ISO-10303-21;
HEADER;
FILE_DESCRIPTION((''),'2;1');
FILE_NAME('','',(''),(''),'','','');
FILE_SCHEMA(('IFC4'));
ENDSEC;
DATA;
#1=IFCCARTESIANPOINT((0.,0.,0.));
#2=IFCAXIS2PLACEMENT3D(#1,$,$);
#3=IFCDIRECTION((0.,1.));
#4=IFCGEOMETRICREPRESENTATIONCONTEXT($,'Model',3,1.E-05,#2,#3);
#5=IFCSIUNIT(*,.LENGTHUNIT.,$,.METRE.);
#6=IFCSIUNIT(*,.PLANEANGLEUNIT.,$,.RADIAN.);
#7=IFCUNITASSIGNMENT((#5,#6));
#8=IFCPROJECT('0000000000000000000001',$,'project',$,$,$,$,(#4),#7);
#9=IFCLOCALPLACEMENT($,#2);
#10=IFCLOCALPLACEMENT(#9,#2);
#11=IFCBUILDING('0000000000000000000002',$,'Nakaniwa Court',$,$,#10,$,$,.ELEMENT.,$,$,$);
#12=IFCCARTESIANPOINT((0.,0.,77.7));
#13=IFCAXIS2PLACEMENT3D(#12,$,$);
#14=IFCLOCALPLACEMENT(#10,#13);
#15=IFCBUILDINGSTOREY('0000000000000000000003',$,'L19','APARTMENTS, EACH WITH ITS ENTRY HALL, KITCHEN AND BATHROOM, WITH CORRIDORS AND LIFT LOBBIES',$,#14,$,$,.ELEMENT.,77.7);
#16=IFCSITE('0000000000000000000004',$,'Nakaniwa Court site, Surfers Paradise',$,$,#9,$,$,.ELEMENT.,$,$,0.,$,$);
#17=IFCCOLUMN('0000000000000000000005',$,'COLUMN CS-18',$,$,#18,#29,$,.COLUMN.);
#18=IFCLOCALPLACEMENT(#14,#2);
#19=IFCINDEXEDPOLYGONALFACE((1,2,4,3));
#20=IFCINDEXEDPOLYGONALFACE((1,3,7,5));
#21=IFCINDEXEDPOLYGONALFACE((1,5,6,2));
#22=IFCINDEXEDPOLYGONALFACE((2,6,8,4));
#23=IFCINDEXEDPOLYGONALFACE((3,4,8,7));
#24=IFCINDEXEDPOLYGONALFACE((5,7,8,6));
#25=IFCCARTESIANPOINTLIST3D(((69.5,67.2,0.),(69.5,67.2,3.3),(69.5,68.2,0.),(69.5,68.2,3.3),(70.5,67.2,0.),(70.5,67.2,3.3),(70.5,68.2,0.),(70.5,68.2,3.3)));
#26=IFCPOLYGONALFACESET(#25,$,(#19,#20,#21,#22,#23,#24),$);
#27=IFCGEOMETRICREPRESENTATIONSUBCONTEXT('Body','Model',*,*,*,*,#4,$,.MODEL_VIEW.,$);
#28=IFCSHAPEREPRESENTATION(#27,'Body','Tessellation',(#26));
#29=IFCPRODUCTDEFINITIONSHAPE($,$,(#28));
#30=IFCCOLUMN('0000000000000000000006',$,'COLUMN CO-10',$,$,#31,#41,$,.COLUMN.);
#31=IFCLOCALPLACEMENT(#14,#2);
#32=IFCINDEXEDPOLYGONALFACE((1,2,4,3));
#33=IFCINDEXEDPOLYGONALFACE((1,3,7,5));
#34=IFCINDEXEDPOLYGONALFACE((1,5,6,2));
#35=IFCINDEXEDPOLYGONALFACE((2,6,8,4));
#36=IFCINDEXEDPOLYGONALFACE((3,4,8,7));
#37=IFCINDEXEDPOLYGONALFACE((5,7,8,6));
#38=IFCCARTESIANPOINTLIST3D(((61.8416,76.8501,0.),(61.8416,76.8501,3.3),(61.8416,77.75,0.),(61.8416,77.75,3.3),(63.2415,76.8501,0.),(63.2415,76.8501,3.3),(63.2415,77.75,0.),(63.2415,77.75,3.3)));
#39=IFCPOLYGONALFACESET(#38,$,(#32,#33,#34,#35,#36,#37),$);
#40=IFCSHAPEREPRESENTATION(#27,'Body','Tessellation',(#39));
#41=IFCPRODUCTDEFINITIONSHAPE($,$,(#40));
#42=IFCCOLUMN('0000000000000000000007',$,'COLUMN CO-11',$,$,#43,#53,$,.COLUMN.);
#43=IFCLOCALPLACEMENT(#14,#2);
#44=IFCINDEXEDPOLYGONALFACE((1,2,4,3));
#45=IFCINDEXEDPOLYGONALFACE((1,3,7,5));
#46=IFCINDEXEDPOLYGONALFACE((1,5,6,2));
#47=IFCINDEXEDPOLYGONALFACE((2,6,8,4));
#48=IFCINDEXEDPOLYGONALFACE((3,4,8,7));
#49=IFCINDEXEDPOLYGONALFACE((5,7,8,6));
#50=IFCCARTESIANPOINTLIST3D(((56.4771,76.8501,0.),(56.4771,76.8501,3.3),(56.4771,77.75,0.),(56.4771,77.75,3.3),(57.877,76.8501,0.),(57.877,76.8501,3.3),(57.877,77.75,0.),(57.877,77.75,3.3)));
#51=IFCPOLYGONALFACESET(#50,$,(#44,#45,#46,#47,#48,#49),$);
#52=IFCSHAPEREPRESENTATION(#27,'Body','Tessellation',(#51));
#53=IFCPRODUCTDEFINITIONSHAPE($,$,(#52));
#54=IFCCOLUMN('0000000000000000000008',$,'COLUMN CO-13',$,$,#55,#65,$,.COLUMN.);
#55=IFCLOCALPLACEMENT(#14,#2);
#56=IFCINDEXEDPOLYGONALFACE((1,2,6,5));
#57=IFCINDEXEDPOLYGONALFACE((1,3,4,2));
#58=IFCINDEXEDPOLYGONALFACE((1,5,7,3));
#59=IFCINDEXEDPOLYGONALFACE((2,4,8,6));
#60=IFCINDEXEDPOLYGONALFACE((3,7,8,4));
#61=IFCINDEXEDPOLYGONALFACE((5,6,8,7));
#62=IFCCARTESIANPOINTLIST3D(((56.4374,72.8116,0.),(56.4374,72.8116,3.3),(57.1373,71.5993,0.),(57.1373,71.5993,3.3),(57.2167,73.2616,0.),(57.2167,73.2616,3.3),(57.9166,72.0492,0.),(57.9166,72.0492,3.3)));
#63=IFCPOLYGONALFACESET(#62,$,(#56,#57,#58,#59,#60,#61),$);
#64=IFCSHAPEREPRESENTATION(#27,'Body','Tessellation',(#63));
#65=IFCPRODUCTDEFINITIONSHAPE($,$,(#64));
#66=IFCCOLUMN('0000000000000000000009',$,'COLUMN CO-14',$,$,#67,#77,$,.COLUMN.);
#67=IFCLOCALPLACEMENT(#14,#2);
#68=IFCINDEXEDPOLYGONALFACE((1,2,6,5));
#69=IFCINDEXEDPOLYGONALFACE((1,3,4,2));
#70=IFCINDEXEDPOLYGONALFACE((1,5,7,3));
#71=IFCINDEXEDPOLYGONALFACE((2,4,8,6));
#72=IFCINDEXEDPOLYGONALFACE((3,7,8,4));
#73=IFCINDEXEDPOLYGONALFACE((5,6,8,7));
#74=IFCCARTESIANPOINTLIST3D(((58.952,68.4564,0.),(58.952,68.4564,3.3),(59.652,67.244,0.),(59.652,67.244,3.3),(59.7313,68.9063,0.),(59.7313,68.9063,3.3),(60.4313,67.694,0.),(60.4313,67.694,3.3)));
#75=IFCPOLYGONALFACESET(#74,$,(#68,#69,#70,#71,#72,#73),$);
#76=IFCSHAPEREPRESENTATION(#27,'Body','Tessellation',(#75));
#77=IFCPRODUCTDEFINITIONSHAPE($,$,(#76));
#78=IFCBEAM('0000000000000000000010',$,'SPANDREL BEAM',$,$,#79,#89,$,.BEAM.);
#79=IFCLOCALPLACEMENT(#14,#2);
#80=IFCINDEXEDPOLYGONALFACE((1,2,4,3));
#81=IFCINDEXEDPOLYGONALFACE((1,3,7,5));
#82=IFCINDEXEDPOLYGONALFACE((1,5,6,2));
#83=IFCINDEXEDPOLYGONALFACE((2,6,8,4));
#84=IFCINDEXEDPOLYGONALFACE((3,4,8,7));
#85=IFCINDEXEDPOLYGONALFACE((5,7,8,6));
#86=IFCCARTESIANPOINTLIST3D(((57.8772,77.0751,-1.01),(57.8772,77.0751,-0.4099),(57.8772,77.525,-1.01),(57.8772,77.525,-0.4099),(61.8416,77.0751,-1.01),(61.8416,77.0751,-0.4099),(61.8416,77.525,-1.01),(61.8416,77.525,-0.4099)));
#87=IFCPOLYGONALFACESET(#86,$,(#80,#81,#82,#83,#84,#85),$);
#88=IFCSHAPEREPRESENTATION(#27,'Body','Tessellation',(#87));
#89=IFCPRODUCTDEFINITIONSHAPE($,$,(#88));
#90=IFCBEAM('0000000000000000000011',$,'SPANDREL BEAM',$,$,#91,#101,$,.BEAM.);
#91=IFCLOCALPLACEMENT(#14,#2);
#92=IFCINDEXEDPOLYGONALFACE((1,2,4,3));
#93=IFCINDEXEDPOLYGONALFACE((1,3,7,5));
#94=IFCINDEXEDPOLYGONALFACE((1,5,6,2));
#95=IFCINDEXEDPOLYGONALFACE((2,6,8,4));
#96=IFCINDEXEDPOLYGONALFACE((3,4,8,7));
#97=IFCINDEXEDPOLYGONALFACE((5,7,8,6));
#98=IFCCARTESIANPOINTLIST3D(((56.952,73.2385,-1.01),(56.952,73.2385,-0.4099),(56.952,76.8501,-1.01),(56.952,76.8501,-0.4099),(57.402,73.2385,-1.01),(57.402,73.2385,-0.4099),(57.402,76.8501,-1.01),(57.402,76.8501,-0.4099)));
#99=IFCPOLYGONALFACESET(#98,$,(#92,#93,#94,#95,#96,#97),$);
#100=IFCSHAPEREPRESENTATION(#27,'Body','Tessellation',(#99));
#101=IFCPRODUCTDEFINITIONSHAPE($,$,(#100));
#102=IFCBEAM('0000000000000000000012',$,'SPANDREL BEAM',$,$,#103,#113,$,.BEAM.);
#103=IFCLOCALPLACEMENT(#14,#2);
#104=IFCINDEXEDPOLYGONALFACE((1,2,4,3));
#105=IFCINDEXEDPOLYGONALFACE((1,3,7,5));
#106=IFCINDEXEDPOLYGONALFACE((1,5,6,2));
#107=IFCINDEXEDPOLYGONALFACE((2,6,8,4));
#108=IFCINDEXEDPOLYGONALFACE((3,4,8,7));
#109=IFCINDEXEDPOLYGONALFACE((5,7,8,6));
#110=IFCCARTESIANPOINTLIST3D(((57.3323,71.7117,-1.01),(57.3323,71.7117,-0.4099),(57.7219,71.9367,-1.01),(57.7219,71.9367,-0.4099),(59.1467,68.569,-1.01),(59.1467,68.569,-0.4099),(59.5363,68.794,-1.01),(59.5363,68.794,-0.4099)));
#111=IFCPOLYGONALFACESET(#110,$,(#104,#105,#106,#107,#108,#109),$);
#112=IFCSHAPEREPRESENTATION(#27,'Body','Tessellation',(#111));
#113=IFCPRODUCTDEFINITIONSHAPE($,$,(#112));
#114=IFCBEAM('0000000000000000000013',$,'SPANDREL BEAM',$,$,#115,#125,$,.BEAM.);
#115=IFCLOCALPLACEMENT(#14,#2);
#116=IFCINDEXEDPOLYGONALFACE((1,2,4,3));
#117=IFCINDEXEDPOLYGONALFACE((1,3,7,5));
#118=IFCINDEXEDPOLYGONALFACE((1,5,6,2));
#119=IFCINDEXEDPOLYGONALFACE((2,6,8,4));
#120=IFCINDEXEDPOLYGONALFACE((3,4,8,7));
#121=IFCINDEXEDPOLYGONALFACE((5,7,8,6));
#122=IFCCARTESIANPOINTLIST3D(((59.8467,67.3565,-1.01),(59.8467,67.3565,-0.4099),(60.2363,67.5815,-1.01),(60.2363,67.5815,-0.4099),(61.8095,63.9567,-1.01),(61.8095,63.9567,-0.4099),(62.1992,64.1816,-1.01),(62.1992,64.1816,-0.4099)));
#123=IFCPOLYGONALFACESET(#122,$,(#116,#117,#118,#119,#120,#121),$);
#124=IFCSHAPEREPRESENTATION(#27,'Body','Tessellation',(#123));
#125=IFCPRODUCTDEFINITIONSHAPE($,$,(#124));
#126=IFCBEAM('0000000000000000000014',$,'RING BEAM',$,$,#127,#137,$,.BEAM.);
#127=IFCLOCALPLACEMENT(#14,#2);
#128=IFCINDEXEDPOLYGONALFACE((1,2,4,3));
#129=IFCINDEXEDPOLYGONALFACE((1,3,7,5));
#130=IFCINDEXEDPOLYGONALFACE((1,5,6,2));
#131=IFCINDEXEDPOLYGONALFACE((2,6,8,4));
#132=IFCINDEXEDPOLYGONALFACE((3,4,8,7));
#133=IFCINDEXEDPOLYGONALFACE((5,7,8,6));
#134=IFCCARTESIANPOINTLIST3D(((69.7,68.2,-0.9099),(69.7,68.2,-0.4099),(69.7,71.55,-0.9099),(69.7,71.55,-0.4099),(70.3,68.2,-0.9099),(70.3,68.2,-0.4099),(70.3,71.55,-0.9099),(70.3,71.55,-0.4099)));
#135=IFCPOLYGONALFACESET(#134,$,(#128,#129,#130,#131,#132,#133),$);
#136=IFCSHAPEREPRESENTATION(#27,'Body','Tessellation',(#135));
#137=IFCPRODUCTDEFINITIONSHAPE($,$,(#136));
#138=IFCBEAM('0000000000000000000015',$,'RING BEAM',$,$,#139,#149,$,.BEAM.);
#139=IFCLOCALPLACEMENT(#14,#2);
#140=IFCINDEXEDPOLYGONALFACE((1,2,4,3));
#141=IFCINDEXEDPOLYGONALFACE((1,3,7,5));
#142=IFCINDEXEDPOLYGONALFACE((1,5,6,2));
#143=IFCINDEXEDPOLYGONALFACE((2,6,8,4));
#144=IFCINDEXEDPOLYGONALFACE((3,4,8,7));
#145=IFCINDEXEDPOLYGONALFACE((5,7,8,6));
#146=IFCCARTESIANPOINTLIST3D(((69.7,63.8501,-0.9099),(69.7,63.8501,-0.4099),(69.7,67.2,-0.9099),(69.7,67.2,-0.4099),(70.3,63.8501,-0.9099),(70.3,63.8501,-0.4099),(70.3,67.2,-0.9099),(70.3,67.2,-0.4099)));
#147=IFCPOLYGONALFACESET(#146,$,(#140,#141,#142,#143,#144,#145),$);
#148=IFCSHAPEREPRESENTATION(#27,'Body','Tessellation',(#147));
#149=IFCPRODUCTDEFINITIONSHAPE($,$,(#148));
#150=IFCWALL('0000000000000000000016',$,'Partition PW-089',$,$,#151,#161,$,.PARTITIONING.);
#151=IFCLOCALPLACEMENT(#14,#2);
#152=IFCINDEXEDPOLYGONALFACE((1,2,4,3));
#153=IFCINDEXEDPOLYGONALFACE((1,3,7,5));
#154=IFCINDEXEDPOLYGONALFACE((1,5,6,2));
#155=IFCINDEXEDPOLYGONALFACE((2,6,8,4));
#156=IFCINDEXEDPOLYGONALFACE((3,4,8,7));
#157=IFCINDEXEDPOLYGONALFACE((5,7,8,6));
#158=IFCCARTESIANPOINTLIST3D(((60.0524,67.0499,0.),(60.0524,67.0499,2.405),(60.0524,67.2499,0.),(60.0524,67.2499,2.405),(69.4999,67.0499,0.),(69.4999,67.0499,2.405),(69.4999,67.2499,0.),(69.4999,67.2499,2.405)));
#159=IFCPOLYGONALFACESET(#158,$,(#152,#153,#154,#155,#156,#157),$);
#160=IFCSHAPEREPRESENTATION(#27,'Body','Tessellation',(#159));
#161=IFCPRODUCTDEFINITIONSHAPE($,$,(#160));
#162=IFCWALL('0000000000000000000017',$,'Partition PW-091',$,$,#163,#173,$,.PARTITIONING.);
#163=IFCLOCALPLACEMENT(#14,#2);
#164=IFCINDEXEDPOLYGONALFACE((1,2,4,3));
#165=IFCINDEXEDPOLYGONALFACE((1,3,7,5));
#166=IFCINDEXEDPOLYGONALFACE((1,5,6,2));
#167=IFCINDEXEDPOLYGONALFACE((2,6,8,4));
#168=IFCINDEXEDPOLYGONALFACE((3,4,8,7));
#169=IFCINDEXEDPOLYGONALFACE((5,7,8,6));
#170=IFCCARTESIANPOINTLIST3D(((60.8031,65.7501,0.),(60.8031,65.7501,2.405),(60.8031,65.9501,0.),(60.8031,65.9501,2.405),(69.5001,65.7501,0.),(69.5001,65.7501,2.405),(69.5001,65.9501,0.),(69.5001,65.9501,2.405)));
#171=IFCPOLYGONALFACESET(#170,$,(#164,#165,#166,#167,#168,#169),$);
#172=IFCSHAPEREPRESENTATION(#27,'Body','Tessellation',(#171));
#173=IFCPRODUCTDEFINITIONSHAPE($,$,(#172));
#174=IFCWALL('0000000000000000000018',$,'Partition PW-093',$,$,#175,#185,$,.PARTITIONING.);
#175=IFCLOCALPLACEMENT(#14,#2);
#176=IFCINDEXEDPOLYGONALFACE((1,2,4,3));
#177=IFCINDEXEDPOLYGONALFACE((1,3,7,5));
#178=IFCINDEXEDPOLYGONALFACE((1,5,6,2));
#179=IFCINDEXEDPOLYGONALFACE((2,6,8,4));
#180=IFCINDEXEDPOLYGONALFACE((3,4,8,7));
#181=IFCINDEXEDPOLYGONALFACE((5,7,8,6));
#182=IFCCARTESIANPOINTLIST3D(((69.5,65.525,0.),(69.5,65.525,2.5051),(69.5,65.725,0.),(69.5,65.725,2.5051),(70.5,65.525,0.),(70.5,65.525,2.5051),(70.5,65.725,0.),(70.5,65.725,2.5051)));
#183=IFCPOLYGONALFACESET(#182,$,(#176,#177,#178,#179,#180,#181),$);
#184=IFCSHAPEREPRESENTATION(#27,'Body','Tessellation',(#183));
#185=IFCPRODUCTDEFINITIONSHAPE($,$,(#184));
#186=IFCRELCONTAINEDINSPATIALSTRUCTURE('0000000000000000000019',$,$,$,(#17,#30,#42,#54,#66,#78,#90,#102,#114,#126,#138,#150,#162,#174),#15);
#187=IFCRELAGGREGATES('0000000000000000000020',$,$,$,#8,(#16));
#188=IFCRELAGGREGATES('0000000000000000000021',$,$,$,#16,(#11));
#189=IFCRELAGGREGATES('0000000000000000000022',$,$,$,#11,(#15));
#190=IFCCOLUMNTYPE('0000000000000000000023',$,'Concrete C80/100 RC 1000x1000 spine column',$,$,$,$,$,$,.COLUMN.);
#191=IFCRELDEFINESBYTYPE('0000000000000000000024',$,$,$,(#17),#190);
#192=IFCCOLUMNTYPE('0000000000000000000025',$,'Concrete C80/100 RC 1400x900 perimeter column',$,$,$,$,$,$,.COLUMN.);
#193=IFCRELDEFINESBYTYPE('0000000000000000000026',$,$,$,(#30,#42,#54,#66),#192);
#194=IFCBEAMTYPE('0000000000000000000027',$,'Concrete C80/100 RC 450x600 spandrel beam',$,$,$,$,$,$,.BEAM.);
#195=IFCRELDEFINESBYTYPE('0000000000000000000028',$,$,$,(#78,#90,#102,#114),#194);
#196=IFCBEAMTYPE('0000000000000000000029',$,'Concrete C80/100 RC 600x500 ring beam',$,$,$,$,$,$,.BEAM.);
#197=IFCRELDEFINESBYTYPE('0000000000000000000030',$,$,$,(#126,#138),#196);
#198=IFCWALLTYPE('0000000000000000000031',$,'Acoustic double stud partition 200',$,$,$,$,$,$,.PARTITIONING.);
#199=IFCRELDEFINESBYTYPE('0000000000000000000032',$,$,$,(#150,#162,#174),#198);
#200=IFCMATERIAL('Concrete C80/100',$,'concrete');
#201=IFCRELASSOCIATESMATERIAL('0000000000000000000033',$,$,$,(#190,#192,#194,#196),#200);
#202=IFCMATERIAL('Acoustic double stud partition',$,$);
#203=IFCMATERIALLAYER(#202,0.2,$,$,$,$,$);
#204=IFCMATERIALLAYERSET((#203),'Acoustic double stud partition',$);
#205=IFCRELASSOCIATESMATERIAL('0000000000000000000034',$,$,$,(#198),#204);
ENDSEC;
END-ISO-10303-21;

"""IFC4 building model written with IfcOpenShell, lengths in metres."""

from ifc_helpers import new_model, si_unit, direction, frame, frame_2d, origin, origin_2d, place, context, subcontext, project, spatial, rectangle, extrude, material, layer, layer_set, material_profile, profile_set, type_object, element, save


model = new_model("IFC4")

# Units and contexts
model_context = context("Model", 3, precision=1e-05, world=origin(), true_north=direction((0.0, 1.0)))
body_context = subcontext(model_context, "Body", "Model", "MODEL_VIEW")
ifc_project = project(units=[si_unit("LENGTHUNIT", "METRE"), si_unit("PLANEANGLEUNIT", "RADIAN")], contexts=[model_context])

# Site, building, storey
site_placement = place(None, origin())
site = spatial("IfcSite", under=ifc_project, at=site_placement, Name="Nakaniwa Court site, Surfers Paradise", CompositionType="ELEMENT", RefElevation=0.0)
building_placement = place(site_placement, origin())
building = spatial("IfcBuilding", under=site, at=building_placement, Name="Nakaniwa Court", CompositionType="ELEMENT")
storey_placement = place(building_placement, frame((0.0, 0.0, 77.7)))
storey = spatial("IfcBuildingStorey", under=building, at=storey_placement, Name="L19", Description="APARTMENTS, EACH WITH ITS ENTRY HALL, KITCHEN AND BATHROOM, WITH CORRIDORS AND LIFT LOBBIES", CompositionType="ELEMENT", Elevation=77.7)

# Columns
ifc_material_1 = material(Name="Concrete C80/100", Category="concrete")
ifc_material_profile_1 = material_profile(ifc_material_1, rectangle(XDim=1.0, YDim=1.0, at=origin_2d()), Name="Concrete C80/100 RC 1000x1000 spine column")
ifc_profile_set_1 = profile_set([ifc_material_profile_1], Name="Concrete C80/100")
column_type_1 = type_object("IfcColumnType", Name="Concrete C80/100 RC 1000x1000 spine column", PredefinedType="COLUMN", material=ifc_profile_set_1)
column_placement = place(storey_placement, frame((70.0, 67.7, 0.0), z_axis=(0.0, 0.0, 1.0), x_axis=(0.0, -1.0, 0.0)))
element("IfcColumn", 1, at=column_placement, inside=storey, type_object=column_type_1, Name="COLUMN CS-18", PredefinedType="COLUMN", context=body_context, shape_type="SweptSolid", body=[
    extrude(rectangle(XDim=1.0, YDim=1.0, at=origin_2d()), origin(), (0.0, 0.0, 1.0), 3.3),
])
ifc_material_profile_2 = material_profile(ifc_material_1, rectangle(XDim=1.3999, YDim=0.8999, at=origin_2d()), Name="Concrete C80/100 RC 1400x900 perimeter column")
ifc_profile_set_2 = profile_set([ifc_material_profile_2], Name="Concrete C80/100")
column_type_2 = type_object("IfcColumnType", Name="Concrete C80/100 RC 1400x900 perimeter column", PredefinedType="COLUMN", material=ifc_profile_set_2)
for number, where, z_axis, x_axis, name in (
    (2, (62.5415, 77.3, 0.0), (0.0, 0.0, 1.0), (-1.0, 0.0, 0.0), "COLUMN CO-10"),
    (3, (57.177, 77.3, 0.0), (0.0, 0.0, 1.0), (-1.0, 0.0, 0.0), "COLUMN CO-11"),
    (4, (57.177, 72.4304, 0.0), (0.0, 0.0, 1.0), (0.5, -0.866025, 0.0), "COLUMN CO-13"),
    (5, (59.6917, 68.0752, 0.0), (0.0, 0.0, 1.0), (0.5, -0.866025, 0.0), "COLUMN CO-14"),
):
    element("IfcColumn", number, at=place(storey_placement, frame(where, z_axis=z_axis, x_axis=x_axis)), inside=storey, type_object=column_type_2, Name=name, PredefinedType="COLUMN", context=body_context, shape_type="SweptSolid", body=[
        extrude(rectangle(XDim=1.3999, YDim=0.8999, at=origin_2d()), origin(), (0.0, 0.0, 1.0), 3.3),
    ])

# Beams
ifc_material_profile_3 = material_profile(ifc_material_1, rectangle(XDim=0.45, YDim=0.6001, at=origin_2d()), Name="Concrete C80/100 RC 450x600 spandrel beam")
ifc_profile_set_3 = profile_set([ifc_material_profile_3], Name="Concrete C80/100")
beam_type_1 = type_object("IfcBeamType", Name="Concrete C80/100 RC 450x600 spandrel beam", PredefinedType="BEAM", material=ifc_profile_set_3)
beam_1_placement = place(storey_placement, frame((61.8416, 77.3, -0.71), z_axis=(-1.0, 0.0, 0.0), x_axis=(0.0, -1.0, 0.0)))
element("IfcBeam", 6, at=beam_1_placement, inside=storey, type_object=beam_type_1, Name="SPANDREL BEAM", PredefinedType="BEAM", context=body_context, shape_type="SweptSolid", body=[
    extrude(rectangle(XDim=0.45, YDim=0.6001, at=origin_2d()), origin(), (0.0, 0.0, 1.0), 3.9644),
])
beam_2_placement = place(storey_placement, frame((57.177, 76.8501, -0.71), z_axis=(0.0, -1.0, 0.0), x_axis=(1.0, 0.0, 0.0)))
element("IfcBeam", 7, at=beam_2_placement, inside=storey, type_object=beam_type_1, Name="SPANDREL BEAM", PredefinedType="BEAM", context=body_context, shape_type="SweptSolid", body=[
    extrude(rectangle(XDim=0.45, YDim=0.6001, at=origin_2d()), origin(), (0.0, 0.0, 1.0), 3.6116),
])
beam_3_placement = place(storey_placement, frame((57.5271, 71.8242, -0.71), z_axis=(0.499988, -0.866032, 0.0), x_axis=(0.866032, 0.499988, 0.0)))
element("IfcBeam", 8, at=beam_3_placement, inside=storey, type_object=beam_type_1, Name="SPANDREL BEAM", PredefinedType="BEAM", context=body_context, shape_type="SweptSolid", body=[
    extrude(rectangle(XDim=0.45, YDim=0.6001, at=origin_2d()), origin(), (0.0, 0.0, 1.0), 3.6289),
])
beam_4_placement = place(storey_placement, frame((60.0415, 67.469, -0.71), z_axis=(0.499992, -0.86603, 0.0), x_axis=(0.86603, 0.499992, 0.0)))
element("IfcBeam", 9, at=beam_4_placement, inside=storey, type_object=beam_type_1, Name="SPANDREL BEAM", PredefinedType="BEAM", context=body_context, shape_type="SweptSolid", body=[
    extrude(rectangle(XDim=0.45, YDim=0.6001, at=origin_2d()), origin(), (0.0, 0.0, 1.0), 3.9258),
])
ifc_material_profile_4 = material_profile(ifc_material_1, rectangle(XDim=0.6001, YDim=0.5, at=origin_2d()), Name="Concrete C80/100 RC 600x500 ring beam")
ifc_profile_set_4 = profile_set([ifc_material_profile_4], Name="Concrete C80/100")
beam_type_2 = type_object("IfcBeamType", Name="Concrete C80/100 RC 600x500 ring beam", PredefinedType="BEAM", material=ifc_profile_set_4)
beam_5_placement = place(storey_placement, frame((70.0, 71.55, -0.6599), z_axis=(0.0, -1.0, 0.0), x_axis=(1.0, 0.0, 0.0)))
element("IfcBeam", 10, at=beam_5_placement, inside=storey, type_object=beam_type_2, Name="RING BEAM", PredefinedType="BEAM", context=body_context, shape_type="SweptSolid", body=[
    extrude(rectangle(XDim=0.6001, YDim=0.5, at=origin_2d()), origin(), (0.0, 0.0, 1.0), 3.3501),
])
beam_6_placement = place(storey_placement, frame((70.0, 67.2, -0.6599), z_axis=(0.0, -1.0, 0.0), x_axis=(1.0, 0.0, 0.0)))
element("IfcBeam", 11, at=beam_6_placement, inside=storey, type_object=beam_type_2, Name="RING BEAM", PredefinedType="BEAM", context=body_context, shape_type="SweptSolid", body=[
    extrude(rectangle(XDim=0.6001, YDim=0.5, at=origin_2d()), origin(), (0.0, 0.0, 1.0), 3.3499),
])

# Walls
ifc_material_2 = material(Name="Acoustic double stud partition")
ifc_layer_1 = layer(ifc_material_2, 0.2)
ifc_layer_set_1 = layer_set([ifc_layer_1], Name="Acoustic double stud partition")
wall_type_1 = type_object("IfcWallType", Name="Acoustic double stud partition 200", PredefinedType="PARTITIONING", material=ifc_layer_set_1)
wall_1_placement = place(storey_placement, frame((60.0525, 67.1499, 0.0), z_axis=(0.0, 0.0, 1.0), x_axis=(1.0, 0.0, 0.0)))
element("IfcWall", 12, at=wall_1_placement, inside=storey, type_object=wall_type_1, Name="Partition PW-089", PredefinedType="PARTITIONING", context=body_context, shape_type="SweptSolid", body=[
    extrude(rectangle(XDim=9.4475, YDim=0.2, at=frame_2d((4.7236, 0.0))), origin(), (0.0, 0.0, 1.0), 2.405),
])
wall_2_placement = place(storey_placement, frame((60.803, 65.8501, 0.0), z_axis=(0.0, 0.0, 1.0), x_axis=(1.0, 0.0, 0.0)))
element("IfcWall", 13, at=wall_2_placement, inside=storey, type_object=wall_type_1, Name="Partition PW-091", PredefinedType="PARTITIONING", context=body_context, shape_type="SweptSolid", body=[
    extrude(rectangle(XDim=8.697, YDim=0.2, at=frame_2d((4.3486, 0.0))), origin(), (0.0, 0.0, 1.0), 2.405),
])
wall_3_placement = place(storey_placement, frame((69.5, 65.625, 0.0), z_axis=(0.0, 0.0, 1.0), x_axis=(1.0, 0.0, 0.0)))
element("IfcWall", 14, at=wall_3_placement, inside=storey, type_object=wall_type_1, Name="Partition PW-093", PredefinedType="PARTITIONING", context=body_context, shape_type="SweptSolid", body=[
    extrude(rectangle(XDim=1.0, YDim=0.2, at=frame_2d((0.5, 0.0))), origin(), (0.0, 0.0, 1.0), 2.5051),
])

save(model, "model.ifc")
